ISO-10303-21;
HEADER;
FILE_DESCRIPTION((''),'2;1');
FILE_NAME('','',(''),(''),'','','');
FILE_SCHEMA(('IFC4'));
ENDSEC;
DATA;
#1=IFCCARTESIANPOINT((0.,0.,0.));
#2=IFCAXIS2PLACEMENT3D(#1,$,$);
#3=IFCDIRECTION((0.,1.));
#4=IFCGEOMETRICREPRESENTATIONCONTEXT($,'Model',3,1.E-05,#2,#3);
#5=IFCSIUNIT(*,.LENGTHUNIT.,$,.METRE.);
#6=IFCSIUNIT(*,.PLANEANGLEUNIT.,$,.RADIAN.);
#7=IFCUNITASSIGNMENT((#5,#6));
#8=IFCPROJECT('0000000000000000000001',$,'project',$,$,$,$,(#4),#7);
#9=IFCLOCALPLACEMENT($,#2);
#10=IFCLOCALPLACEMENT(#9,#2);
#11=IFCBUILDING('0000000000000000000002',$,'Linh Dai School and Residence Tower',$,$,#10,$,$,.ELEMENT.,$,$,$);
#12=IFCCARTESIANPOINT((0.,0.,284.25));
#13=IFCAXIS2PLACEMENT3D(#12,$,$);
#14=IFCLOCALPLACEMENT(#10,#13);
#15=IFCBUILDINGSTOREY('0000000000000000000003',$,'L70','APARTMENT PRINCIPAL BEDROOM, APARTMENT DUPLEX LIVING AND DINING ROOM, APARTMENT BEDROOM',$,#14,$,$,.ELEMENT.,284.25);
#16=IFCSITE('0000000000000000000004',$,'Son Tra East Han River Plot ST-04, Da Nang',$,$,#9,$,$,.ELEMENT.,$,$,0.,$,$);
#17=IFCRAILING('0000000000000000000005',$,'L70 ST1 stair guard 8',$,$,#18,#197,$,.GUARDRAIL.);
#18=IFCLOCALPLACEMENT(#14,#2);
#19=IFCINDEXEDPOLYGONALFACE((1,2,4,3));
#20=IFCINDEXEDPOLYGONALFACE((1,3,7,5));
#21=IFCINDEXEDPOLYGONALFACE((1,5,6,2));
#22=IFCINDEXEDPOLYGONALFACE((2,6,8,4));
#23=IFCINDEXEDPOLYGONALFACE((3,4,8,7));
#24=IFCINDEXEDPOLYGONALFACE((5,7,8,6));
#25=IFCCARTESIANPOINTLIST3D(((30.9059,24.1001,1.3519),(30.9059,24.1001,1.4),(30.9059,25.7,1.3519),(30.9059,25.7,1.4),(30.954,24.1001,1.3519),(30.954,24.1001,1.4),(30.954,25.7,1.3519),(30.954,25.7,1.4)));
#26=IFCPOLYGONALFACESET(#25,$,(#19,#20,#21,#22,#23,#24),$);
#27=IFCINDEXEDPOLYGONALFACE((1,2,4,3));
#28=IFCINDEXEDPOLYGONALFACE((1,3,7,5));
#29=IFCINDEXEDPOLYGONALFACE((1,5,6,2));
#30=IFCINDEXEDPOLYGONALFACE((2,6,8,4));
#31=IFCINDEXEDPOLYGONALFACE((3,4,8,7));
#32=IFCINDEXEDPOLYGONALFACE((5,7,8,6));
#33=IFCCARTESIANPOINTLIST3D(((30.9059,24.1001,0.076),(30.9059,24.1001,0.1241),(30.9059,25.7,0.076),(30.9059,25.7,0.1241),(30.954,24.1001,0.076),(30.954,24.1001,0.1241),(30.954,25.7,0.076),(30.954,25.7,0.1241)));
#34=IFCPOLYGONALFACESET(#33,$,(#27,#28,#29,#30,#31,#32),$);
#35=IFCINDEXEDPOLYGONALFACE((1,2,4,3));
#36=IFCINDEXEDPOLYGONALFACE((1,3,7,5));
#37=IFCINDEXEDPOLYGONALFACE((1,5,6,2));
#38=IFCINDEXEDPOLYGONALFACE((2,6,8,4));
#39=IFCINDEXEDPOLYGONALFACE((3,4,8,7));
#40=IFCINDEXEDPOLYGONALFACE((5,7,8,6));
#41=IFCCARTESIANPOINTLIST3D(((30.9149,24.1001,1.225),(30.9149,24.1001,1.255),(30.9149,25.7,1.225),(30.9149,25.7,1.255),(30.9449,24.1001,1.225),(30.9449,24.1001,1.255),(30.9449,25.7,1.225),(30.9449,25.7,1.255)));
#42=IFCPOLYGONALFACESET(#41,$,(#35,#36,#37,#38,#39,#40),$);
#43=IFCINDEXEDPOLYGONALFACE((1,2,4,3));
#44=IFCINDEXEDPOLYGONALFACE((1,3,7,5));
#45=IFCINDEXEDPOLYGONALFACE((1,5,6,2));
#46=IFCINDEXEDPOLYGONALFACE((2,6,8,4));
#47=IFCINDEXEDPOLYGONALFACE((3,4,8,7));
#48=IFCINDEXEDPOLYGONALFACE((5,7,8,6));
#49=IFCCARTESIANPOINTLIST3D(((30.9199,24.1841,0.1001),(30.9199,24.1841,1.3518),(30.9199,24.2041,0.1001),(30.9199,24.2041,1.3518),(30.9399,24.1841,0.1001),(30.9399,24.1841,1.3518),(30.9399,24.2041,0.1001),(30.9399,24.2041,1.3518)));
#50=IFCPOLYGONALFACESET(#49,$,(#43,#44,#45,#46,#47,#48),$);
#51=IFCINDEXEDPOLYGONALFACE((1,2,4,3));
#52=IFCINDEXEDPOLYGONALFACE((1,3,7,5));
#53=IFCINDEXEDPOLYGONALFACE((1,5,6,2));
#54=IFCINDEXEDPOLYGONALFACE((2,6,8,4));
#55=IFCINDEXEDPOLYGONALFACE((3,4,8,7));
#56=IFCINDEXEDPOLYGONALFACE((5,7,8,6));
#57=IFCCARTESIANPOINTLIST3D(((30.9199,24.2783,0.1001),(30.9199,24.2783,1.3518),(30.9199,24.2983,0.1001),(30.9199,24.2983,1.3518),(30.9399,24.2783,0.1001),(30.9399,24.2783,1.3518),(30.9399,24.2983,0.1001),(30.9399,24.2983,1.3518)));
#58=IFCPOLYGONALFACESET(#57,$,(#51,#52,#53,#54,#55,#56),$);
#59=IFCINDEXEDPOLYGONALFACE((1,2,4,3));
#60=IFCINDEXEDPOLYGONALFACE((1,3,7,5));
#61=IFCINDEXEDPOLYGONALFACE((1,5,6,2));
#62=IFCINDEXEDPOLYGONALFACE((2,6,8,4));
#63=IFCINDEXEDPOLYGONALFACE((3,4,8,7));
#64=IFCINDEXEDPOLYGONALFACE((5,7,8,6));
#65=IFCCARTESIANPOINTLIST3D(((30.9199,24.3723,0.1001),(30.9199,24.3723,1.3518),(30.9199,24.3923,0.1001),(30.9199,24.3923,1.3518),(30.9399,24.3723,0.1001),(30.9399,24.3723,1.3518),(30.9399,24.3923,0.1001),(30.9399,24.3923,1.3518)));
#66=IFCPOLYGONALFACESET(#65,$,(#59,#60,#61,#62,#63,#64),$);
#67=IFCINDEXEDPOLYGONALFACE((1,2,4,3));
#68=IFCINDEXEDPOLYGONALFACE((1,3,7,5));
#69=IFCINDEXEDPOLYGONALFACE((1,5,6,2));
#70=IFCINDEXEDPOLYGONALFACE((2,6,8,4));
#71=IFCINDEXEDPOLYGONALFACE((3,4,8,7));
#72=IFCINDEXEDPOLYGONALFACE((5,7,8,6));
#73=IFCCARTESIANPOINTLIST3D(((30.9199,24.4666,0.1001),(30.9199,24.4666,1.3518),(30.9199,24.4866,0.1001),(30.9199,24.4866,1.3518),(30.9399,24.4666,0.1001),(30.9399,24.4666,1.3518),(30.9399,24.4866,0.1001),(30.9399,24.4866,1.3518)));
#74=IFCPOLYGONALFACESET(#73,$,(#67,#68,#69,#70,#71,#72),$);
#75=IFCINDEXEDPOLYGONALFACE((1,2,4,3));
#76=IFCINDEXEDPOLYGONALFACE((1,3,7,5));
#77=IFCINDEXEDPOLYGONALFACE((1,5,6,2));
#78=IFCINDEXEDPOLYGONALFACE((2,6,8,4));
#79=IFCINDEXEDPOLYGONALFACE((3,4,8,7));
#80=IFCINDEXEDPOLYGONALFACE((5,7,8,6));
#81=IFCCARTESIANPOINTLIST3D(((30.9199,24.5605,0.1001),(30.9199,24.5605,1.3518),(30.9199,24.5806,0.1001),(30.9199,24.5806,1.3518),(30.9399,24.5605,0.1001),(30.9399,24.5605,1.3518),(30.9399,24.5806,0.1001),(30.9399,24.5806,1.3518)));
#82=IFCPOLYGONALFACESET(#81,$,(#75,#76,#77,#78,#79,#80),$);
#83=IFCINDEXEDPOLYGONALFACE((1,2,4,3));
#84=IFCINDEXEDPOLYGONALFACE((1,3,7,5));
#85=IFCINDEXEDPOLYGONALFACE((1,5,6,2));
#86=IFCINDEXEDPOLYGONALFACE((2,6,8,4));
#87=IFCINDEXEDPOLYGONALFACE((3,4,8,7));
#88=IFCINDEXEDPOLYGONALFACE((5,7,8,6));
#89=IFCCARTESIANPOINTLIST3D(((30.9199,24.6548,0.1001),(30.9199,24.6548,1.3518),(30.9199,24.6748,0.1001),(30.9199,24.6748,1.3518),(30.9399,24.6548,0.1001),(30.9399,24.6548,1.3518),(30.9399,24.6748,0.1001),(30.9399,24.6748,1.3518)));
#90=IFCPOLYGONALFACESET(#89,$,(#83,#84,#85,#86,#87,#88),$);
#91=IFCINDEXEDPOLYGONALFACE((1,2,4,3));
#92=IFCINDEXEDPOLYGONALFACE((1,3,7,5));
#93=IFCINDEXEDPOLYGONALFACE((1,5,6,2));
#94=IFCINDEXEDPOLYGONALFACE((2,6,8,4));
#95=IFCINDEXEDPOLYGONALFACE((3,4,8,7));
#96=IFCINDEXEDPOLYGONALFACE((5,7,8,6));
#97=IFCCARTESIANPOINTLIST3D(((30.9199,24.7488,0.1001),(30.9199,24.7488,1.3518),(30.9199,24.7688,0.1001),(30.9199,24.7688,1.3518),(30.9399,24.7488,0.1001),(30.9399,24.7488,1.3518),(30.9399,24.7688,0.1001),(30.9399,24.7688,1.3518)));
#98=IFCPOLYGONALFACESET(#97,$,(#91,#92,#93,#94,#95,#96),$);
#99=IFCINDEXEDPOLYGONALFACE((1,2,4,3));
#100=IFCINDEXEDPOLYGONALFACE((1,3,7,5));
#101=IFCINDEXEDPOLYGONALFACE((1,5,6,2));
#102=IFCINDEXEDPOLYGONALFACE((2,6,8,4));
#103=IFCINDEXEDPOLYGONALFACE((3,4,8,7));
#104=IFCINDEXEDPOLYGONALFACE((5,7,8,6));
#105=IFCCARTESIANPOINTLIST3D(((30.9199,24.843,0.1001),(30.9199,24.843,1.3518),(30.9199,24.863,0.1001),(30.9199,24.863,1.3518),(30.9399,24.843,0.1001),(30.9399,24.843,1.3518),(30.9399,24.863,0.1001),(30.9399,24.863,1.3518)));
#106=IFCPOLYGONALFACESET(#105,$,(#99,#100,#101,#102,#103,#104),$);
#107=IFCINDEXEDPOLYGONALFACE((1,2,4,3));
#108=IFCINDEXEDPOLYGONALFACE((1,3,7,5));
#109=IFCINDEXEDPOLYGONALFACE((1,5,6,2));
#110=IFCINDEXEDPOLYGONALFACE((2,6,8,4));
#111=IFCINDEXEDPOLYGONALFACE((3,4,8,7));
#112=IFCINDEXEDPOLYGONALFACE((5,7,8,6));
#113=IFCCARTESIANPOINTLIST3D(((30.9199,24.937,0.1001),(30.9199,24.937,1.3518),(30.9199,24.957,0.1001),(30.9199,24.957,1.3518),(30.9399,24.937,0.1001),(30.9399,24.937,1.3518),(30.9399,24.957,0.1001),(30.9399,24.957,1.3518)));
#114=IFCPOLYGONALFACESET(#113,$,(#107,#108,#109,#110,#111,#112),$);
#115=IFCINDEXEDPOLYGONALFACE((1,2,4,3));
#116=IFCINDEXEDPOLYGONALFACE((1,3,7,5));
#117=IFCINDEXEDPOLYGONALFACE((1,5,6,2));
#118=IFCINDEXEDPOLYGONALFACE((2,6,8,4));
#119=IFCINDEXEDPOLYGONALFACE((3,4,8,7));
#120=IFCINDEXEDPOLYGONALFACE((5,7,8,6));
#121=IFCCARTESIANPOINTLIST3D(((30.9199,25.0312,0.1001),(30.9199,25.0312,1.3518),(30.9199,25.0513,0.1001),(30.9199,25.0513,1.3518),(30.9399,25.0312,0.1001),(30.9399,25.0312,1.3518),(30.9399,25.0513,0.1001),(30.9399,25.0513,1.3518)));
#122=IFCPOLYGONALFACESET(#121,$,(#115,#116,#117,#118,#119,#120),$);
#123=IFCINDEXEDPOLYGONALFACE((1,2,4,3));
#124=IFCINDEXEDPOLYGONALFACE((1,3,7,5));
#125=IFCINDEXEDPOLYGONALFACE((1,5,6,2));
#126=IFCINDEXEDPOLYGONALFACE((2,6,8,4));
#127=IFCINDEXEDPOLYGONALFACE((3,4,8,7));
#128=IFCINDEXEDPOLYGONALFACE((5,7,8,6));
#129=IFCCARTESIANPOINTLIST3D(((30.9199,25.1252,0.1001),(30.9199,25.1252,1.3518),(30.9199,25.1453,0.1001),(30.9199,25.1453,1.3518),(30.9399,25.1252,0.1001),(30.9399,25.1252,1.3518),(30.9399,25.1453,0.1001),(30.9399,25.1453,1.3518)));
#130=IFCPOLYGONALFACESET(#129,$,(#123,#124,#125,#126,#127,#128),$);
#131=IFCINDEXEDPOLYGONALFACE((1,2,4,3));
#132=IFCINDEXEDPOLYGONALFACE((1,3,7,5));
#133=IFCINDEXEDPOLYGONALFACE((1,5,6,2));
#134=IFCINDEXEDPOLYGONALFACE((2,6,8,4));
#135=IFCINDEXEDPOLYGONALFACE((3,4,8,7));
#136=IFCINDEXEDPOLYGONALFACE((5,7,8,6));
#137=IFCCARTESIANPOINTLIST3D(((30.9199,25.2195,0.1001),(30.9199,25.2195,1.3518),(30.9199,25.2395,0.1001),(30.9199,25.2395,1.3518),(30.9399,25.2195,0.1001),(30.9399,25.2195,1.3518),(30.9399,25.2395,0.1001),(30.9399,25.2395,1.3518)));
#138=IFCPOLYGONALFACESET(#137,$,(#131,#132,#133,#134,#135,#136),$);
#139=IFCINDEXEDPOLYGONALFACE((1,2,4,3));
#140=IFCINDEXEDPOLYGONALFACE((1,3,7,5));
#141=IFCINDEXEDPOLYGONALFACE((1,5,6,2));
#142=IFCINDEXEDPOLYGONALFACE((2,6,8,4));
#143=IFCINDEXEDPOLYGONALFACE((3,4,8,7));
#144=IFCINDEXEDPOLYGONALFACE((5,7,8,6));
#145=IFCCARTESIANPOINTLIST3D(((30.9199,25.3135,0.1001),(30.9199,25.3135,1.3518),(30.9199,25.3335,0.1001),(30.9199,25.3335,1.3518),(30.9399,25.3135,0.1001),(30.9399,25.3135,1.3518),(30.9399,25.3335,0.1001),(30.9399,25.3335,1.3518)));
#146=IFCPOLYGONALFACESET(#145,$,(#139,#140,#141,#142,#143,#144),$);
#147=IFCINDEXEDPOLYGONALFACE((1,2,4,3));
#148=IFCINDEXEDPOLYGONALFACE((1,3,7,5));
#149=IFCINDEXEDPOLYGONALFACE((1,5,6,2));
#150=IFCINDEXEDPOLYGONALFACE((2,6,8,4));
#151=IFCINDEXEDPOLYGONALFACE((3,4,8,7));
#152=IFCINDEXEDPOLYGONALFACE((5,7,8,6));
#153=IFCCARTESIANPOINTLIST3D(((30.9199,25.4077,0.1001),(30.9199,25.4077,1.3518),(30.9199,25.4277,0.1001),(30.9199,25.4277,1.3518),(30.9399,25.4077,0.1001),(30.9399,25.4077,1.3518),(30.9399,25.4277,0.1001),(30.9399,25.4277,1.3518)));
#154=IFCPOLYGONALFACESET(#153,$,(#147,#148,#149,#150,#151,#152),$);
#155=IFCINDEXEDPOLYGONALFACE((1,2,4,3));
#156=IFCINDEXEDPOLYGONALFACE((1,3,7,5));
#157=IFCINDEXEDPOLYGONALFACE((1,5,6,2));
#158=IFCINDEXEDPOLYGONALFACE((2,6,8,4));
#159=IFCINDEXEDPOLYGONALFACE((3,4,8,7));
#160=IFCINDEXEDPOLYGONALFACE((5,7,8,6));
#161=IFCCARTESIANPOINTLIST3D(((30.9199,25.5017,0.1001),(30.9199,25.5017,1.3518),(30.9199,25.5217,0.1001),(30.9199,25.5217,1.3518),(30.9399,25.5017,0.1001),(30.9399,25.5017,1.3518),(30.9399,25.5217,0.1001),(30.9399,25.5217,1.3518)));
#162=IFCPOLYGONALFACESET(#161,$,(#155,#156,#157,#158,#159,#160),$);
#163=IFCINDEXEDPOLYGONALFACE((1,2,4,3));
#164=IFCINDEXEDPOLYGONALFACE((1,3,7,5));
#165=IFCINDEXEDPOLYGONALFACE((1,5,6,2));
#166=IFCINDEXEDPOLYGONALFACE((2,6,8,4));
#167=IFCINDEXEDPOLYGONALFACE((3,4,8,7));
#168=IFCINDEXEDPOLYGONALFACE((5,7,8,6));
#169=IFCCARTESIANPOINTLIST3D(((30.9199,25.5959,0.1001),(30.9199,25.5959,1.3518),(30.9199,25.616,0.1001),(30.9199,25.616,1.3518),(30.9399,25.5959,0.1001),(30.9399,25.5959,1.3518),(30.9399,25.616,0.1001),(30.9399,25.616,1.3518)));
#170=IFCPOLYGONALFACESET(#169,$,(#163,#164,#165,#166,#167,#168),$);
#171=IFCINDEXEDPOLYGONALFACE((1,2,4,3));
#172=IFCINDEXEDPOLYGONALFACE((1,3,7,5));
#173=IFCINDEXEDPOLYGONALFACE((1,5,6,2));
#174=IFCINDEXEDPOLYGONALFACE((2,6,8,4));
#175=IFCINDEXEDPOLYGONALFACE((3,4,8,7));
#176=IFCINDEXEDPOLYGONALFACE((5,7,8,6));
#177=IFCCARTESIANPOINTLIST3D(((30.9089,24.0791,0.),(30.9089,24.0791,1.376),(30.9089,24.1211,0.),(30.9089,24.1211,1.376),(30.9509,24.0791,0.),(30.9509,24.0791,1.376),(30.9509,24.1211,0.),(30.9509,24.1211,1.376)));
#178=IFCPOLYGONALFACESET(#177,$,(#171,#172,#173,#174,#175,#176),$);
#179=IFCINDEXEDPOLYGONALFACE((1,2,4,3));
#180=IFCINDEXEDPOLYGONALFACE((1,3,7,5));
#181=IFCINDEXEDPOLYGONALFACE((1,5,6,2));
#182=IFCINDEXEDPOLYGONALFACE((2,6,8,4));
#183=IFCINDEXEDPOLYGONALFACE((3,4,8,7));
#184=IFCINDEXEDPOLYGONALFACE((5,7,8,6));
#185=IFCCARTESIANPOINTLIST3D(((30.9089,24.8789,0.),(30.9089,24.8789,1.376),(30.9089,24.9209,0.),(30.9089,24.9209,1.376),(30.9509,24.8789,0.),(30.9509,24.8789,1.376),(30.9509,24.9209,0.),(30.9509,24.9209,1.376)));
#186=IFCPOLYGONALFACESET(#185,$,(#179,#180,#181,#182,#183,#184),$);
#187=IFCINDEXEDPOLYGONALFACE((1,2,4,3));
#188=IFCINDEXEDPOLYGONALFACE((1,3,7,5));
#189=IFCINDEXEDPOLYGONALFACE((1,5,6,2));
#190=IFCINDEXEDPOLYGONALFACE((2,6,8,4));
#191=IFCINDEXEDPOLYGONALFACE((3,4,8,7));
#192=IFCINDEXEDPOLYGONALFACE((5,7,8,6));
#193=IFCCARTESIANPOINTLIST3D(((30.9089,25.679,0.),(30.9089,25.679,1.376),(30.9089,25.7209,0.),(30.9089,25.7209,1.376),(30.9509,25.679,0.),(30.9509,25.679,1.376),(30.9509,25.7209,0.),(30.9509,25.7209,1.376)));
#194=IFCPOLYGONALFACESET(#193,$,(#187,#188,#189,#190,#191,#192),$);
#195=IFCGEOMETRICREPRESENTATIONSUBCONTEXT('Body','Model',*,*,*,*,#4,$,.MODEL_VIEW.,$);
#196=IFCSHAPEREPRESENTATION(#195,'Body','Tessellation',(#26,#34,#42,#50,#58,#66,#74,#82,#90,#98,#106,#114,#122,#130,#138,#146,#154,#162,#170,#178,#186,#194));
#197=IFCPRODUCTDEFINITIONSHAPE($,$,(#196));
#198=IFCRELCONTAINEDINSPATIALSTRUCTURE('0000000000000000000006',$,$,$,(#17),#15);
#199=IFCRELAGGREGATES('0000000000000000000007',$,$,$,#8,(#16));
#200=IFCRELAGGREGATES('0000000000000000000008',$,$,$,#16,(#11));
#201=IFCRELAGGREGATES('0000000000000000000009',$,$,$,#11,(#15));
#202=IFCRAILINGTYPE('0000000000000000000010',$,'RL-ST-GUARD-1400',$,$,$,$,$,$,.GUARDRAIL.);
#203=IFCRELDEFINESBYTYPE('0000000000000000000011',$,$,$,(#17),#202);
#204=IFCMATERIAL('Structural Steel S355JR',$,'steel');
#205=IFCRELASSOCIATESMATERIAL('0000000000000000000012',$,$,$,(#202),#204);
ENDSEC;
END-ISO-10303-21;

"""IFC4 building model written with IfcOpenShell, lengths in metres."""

from ifc_helpers import new_model, si_unit, direction, frame, origin, origin_2d, place, context, subcontext, project, spatial, rectangle, extrude, source, transform, mapped, material, type_object, element, save


model = new_model("IFC4")

# Units and contexts
model_context = context("Model", 3, precision=1e-05, world=origin(), true_north=direction((0.0, 1.0)))
body_context = subcontext(model_context, "Body", "Model", "MODEL_VIEW")
ifc_project = project(units=[si_unit("LENGTHUNIT", "METRE"), si_unit("PLANEANGLEUNIT", "RADIAN")], contexts=[model_context])

# Site, building, storey
site_placement = place(None, origin())
site = spatial("IfcSite", under=ifc_project, at=site_placement, Name="Son Tra East Han River Plot ST-04, Da Nang", CompositionType="ELEMENT", RefElevation=0.0)
building_placement = place(site_placement, origin())
building = spatial("IfcBuilding", under=site, at=building_placement, Name="Linh Dai School and Residence Tower", CompositionType="ELEMENT")
storey_placement = place(building_placement, frame((0.0, 0.0, 284.25)))
storey = spatial("IfcBuildingStorey", under=building, at=storey_placement, Name="L70", Description="APARTMENT PRINCIPAL BEDROOM, APARTMENT DUPLEX LIVING AND DINING ROOM, APARTMENT BEDROOM", CompositionType="ELEMENT", Elevation=284.25)

# Shared definitions
ifc_material_1 = material(Name="Structural Steel S355JR", Category="steel")

# Railing
railing_type_1 = type_object("IfcRailingType", Name="RL-ST-GUARD-1400", PredefinedType="GUARDRAIL", material=ifc_material_1)
shared_shape_1 = source(origin(), body_context, "Body", "SweptSolid", [
    extrude(rectangle(XDim=0.0481, YDim=0.0481, at=origin_2d()), frame((0.0, 0.0, 1.376), z_axis=(0.0, 1.0, 0.0), x_axis=(-1.0, 0.0, 0.0)), (0.0, 0.0, 1.0), 1.5999),
    extrude(rectangle(XDim=0.0481, YDim=0.0481, at=origin_2d()), frame((0.0, 0.0, 0.1001), z_axis=(0.0, 1.0, 0.0), x_axis=(-1.0, 0.0, 0.0)), (0.0, 0.0, 1.0), 1.5999),
    extrude(rectangle(XDim=0.03, YDim=0.03, at=origin_2d()), frame((0.0, 0.0, 1.24), z_axis=(0.0, 1.0, 0.0), x_axis=(-1.0, 0.0, 0.0)), (0.0, 0.0, 1.0), 1.5999),
    extrude(rectangle(XDim=0.02, YDim=0.02, at=origin_2d()), frame((0.0, 0.094, 0.1001)), (0.0, 0.0, 1.0), 1.2517),
    extrude(rectangle(XDim=0.02, YDim=0.02, at=origin_2d()), frame((0.0, 0.1882, 0.1001)), (0.0, 0.0, 1.0), 1.2517),
    extrude(rectangle(XDim=0.02, YDim=0.02, at=origin_2d()), frame((0.0, 0.2822, 0.1001)), (0.0, 0.0, 1.0), 1.2517),
    extrude(rectangle(XDim=0.02, YDim=0.02, at=origin_2d()), frame((0.0, 0.3765, 0.1001)), (0.0, 0.0, 1.0), 1.2517),
    extrude(rectangle(XDim=0.02, YDim=0.02, at=origin_2d()), frame((0.0, 0.4705, 0.1001)), (0.0, 0.0, 1.0), 1.2517),
    extrude(rectangle(XDim=0.02, YDim=0.02, at=origin_2d()), frame((0.0, 0.5647, 0.1001)), (0.0, 0.0, 1.0), 1.2517),
    extrude(rectangle(XDim=0.02, YDim=0.02, at=origin_2d()), frame((0.0, 0.6587, 0.1001)), (0.0, 0.0, 1.0), 1.2517),
    extrude(rectangle(XDim=0.02, YDim=0.02, at=origin_2d()), frame((0.0, 0.7529, 0.1001)), (0.0, 0.0, 1.0), 1.2517),
    extrude(rectangle(XDim=0.02, YDim=0.02, at=origin_2d()), frame((0.0, 0.8469, 0.1001)), (0.0, 0.0, 1.0), 1.2517),
    extrude(rectangle(XDim=0.02, YDim=0.02, at=origin_2d()), frame((0.0, 0.9412, 0.1001)), (0.0, 0.0, 1.0), 1.2517),
    extrude(rectangle(XDim=0.02, YDim=0.02, at=origin_2d()), frame((0.0, 1.0352, 0.1001)), (0.0, 0.0, 1.0), 1.2517),
    extrude(rectangle(XDim=0.02, YDim=0.02, at=origin_2d()), frame((0.0, 1.1294, 0.1001)), (0.0, 0.0, 1.0), 1.2517),
    extrude(rectangle(XDim=0.02, YDim=0.02, at=origin_2d()), frame((0.0, 1.2234, 0.1001)), (0.0, 0.0, 1.0), 1.2517),
    extrude(rectangle(XDim=0.02, YDim=0.02, at=origin_2d()), frame((0.0, 1.3176, 0.1001)), (0.0, 0.0, 1.0), 1.2517),
    extrude(rectangle(XDim=0.02, YDim=0.02, at=origin_2d()), frame((0.0, 1.4116, 0.1001)), (0.0, 0.0, 1.0), 1.2517),
    extrude(rectangle(XDim=0.02, YDim=0.02, at=origin_2d()), frame((0.0, 1.5059, 0.1001)), (0.0, 0.0, 1.0), 1.2517),
    extrude(rectangle(XDim=0.042, YDim=0.042, at=origin_2d()), origin(), (0.0, 0.0, 1.0), 1.376),
    extrude(rectangle(XDim=0.042, YDim=0.042, at=origin_2d()), frame((0.0, 0.7998, 0.0)), (0.0, 0.0, 1.0), 1.376),
    extrude(rectangle(XDim=0.042, YDim=0.042, at=origin_2d()), frame((0.0, 1.5999, 0.0)), (0.0, 0.0, 1.0), 1.376),
])
for number, where, name in (
    (1, (30.9299, 24.1001, 0.0), "L70 ST1 stair guard 8"),
):
    element("IfcRailing", number, at=place(storey_placement, frame(where)), inside=storey, type_object=railing_type_1, Name=name, PredefinedType="GUARDRAIL", context=body_context, shape_type="MappedRepresentation", body=[
        mapped(shared_shape_1, transform((0.0, 0.0, 0.0), x_axis=(1.0, 0.0, 0.0), y_axis=(0.0, 1.0, 0.0), z_axis=(0.0, 0.0, 1.0), scale=1.0)),
    ])

save(model, "model.ifc")
